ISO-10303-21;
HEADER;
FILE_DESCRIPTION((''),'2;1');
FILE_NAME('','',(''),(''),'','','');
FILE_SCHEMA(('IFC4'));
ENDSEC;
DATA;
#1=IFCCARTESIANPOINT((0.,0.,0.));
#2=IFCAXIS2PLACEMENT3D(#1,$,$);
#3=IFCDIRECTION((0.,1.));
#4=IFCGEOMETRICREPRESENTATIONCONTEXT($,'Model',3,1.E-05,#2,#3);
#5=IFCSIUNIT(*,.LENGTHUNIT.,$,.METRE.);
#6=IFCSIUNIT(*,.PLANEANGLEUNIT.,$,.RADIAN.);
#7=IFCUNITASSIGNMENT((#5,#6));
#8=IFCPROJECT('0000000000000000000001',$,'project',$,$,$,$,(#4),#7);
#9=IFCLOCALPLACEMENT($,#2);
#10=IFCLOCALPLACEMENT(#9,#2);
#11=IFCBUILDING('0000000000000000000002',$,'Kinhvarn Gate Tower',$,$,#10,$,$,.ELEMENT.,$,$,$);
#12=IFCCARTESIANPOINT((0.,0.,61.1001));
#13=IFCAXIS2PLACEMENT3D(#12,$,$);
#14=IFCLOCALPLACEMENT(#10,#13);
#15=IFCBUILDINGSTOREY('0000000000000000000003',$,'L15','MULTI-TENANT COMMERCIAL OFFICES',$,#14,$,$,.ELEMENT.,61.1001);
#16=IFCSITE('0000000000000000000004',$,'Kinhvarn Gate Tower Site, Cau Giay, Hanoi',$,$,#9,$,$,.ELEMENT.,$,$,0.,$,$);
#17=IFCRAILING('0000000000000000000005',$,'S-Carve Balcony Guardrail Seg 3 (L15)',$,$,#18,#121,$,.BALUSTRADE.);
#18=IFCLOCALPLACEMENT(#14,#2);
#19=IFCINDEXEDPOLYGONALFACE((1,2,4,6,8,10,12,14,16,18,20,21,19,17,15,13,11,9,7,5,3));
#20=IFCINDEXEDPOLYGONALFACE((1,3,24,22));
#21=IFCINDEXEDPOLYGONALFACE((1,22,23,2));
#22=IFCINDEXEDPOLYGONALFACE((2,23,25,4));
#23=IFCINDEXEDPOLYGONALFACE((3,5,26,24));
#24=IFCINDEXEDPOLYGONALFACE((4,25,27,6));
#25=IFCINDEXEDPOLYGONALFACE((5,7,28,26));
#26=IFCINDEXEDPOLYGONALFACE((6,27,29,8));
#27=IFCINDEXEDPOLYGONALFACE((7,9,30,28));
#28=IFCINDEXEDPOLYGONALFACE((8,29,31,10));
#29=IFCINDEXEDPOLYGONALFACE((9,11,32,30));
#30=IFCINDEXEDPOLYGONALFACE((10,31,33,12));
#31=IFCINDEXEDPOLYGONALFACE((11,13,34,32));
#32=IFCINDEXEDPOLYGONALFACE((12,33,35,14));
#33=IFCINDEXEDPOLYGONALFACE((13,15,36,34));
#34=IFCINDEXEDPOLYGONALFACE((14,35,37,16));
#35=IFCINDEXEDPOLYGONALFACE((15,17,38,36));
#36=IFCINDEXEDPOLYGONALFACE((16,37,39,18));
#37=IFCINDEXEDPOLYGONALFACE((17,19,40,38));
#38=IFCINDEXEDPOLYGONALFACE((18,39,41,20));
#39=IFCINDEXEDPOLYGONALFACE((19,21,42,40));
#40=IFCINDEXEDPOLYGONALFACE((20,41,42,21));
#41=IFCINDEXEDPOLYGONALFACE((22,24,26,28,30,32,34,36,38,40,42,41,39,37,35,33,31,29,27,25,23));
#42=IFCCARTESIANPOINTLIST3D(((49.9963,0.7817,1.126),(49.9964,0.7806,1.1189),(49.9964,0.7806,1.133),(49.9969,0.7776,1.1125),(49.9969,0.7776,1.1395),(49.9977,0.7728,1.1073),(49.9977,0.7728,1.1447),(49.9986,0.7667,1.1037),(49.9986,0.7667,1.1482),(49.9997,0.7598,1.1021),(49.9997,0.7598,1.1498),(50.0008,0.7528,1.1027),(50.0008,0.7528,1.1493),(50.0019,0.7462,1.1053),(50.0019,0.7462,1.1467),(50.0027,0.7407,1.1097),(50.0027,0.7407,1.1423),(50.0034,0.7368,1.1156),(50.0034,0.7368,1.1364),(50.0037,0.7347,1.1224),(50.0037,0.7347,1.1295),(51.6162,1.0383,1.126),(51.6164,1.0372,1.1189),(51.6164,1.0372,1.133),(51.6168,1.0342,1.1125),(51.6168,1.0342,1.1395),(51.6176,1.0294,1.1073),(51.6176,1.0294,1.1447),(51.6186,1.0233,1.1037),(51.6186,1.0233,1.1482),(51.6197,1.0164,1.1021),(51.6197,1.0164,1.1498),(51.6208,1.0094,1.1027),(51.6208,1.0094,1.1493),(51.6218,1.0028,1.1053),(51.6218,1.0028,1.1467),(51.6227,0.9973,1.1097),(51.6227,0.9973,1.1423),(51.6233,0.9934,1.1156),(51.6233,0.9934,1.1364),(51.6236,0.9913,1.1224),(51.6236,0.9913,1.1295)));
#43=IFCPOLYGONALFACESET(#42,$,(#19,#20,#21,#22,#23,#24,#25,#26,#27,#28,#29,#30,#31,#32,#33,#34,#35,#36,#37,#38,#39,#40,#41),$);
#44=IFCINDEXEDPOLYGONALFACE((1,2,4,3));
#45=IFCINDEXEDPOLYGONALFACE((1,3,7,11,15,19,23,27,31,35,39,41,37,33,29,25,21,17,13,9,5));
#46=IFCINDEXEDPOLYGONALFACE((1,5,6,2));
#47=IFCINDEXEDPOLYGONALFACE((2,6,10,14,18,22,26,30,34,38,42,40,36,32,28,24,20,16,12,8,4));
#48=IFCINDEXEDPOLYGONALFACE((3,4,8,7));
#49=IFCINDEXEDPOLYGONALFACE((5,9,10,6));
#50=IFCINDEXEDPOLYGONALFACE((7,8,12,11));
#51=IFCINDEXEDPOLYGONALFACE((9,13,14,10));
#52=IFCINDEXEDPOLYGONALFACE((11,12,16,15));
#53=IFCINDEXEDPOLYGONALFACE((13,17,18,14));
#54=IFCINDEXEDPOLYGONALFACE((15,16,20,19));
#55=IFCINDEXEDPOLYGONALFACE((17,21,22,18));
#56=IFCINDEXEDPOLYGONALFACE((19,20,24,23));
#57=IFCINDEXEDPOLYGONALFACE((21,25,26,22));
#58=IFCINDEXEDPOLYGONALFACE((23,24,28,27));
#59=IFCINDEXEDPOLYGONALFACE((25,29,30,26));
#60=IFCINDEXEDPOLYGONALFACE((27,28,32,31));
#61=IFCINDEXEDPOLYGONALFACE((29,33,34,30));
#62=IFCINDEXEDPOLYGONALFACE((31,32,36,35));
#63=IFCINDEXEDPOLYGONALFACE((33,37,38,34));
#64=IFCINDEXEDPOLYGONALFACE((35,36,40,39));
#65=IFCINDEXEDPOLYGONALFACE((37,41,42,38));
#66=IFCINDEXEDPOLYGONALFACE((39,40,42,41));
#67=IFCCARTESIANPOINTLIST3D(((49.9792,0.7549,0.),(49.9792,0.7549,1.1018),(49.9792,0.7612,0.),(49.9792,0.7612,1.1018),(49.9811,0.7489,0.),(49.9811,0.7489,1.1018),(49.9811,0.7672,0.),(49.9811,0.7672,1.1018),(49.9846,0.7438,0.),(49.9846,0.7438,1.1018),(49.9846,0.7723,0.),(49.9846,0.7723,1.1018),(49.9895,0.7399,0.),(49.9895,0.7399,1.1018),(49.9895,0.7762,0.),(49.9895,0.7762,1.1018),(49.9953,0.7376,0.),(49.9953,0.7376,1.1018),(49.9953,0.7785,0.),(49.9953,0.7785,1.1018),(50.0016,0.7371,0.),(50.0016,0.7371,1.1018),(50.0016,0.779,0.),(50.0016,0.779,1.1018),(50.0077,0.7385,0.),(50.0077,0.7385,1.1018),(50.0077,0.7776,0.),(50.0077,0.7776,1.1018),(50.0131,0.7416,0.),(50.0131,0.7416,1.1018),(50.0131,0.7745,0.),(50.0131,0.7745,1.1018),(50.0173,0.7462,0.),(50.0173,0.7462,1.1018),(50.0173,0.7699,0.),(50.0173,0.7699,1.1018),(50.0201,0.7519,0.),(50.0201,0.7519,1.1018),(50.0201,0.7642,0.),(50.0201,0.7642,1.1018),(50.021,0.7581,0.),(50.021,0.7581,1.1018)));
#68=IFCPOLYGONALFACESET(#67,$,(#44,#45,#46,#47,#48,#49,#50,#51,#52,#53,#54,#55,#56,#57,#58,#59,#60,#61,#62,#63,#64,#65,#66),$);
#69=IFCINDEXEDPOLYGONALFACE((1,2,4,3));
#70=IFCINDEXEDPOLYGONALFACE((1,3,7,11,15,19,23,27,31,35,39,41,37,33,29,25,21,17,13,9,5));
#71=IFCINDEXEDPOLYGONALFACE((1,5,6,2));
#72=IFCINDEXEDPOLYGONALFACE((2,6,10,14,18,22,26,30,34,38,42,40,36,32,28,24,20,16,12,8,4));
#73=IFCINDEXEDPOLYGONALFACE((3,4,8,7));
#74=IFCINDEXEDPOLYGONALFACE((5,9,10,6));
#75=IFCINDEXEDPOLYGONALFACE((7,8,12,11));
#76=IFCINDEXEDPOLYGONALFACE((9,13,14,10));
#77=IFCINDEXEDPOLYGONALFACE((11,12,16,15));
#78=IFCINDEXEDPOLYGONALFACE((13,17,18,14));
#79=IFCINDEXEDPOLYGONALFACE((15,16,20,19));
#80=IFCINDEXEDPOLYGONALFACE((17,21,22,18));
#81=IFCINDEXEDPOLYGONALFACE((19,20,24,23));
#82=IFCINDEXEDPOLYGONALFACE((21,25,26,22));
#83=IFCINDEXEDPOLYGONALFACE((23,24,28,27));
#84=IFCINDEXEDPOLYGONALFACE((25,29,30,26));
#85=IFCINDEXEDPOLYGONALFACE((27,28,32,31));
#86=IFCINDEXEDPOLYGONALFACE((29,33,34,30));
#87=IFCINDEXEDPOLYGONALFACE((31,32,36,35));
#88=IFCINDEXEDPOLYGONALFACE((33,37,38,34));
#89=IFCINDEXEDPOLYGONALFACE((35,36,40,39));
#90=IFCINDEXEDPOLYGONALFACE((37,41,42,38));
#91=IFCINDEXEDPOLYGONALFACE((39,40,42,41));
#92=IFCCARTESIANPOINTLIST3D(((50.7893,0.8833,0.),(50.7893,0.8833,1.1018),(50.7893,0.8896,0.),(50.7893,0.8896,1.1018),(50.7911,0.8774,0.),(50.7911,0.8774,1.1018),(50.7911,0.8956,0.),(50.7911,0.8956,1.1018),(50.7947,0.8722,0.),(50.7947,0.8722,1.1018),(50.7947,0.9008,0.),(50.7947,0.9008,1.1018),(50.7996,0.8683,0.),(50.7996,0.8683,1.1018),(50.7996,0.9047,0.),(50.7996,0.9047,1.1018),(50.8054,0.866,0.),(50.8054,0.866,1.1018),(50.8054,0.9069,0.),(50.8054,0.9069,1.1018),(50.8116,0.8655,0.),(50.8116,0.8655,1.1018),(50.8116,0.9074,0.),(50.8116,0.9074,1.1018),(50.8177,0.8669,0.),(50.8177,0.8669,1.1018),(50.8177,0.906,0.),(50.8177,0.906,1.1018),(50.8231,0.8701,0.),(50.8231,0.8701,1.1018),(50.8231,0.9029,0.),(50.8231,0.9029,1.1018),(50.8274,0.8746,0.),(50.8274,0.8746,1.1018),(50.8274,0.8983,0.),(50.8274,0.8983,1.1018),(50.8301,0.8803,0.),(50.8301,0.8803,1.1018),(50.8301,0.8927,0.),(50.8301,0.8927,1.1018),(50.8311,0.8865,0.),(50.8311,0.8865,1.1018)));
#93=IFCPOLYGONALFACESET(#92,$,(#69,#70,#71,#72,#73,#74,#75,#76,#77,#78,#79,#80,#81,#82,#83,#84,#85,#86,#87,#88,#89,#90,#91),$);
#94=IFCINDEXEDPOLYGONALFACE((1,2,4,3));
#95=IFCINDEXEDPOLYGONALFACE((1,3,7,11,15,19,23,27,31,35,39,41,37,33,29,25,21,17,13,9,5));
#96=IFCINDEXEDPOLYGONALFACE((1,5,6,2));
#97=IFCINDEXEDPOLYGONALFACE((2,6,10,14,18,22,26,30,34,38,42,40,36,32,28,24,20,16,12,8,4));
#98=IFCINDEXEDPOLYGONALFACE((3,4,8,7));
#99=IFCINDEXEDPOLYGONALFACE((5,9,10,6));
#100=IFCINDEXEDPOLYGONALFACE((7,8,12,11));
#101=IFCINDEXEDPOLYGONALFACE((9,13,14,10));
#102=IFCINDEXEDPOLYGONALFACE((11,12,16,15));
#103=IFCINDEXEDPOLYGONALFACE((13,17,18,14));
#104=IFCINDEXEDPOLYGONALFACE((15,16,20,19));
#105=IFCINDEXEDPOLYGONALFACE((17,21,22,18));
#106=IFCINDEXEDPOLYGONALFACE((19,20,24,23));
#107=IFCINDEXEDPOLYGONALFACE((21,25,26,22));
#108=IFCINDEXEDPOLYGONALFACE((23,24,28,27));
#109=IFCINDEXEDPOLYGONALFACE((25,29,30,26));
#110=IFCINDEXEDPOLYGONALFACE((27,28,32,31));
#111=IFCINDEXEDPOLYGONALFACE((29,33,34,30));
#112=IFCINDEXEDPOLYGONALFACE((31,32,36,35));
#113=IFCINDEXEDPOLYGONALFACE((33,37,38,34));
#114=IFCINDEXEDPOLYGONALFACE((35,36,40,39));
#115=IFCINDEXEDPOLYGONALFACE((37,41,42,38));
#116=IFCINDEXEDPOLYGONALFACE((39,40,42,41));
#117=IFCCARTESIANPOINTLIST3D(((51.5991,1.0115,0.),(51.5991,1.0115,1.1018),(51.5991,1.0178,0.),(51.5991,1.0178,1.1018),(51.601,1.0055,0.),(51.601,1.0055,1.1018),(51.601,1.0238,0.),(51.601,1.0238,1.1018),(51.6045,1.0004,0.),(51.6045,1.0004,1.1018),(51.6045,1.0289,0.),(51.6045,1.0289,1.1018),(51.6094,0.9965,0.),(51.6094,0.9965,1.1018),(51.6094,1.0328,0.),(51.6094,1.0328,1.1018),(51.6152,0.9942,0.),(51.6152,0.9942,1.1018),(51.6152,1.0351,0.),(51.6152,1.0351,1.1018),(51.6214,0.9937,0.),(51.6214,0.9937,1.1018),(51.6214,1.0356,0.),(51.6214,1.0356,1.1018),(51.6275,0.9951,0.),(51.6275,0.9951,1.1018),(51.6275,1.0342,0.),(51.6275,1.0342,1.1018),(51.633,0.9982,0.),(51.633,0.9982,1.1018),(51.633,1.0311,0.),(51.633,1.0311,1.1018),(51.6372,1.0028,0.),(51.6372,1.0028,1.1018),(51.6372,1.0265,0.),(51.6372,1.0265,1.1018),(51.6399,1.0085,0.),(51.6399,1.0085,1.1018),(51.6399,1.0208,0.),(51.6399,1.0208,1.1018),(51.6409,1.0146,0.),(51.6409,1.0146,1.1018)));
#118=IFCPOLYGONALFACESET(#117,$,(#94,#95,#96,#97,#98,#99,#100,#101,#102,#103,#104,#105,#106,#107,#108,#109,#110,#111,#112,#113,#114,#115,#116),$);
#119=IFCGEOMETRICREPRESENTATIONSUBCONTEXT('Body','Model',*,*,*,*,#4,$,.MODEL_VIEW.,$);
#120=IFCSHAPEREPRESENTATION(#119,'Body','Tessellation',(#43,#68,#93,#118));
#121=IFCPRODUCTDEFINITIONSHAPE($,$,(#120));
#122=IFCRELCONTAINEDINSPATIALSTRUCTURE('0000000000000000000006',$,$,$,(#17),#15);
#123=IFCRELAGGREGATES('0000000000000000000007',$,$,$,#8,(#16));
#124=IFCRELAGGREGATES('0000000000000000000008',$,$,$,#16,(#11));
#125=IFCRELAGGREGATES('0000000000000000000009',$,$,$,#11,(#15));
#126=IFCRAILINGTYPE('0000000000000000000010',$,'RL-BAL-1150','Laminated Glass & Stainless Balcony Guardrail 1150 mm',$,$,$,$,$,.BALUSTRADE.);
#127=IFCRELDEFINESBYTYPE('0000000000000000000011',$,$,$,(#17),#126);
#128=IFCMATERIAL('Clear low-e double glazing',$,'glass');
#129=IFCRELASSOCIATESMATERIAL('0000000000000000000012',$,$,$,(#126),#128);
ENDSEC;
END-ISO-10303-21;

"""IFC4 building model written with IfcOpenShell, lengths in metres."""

from ifc_helpers import new_model, si_unit, direction, frame, origin, origin_2d, place, context, subcontext, project, spatial, circle, extrude, material, type_object, element, save


model = new_model("IFC4")

# Units and contexts
model_context = context("Model", 3, precision=1e-05, world=origin(), true_north=direction((0.0, 1.0)))
body_context = subcontext(model_context, "Body", "Model", "MODEL_VIEW")
ifc_project = project(units=[si_unit("LENGTHUNIT", "METRE"), si_unit("PLANEANGLEUNIT", "RADIAN")], contexts=[model_context])

# Site, building, storey
site_placement = place(None, origin())
site = spatial("IfcSite", under=ifc_project, at=site_placement, Name="Kinhvarn Gate Tower Site, Cau Giay, Hanoi", CompositionType="ELEMENT", RefElevation=0.0)
building_placement = place(site_placement, origin())
building = spatial("IfcBuilding", under=site, at=building_placement, Name="Kinhvarn Gate Tower", CompositionType="ELEMENT")
storey_placement = place(building_placement, frame((0.0, 0.0, 61.1001)))
storey = spatial("IfcBuildingStorey", under=building, at=storey_placement, Name="L15", Description="MULTI-TENANT COMMERCIAL OFFICES", CompositionType="ELEMENT", Elevation=61.1001)

# Shared definitions
ifc_material_1 = material(Name="Clear low-e double glazing", Category="glass")

# Railing
railing_type = type_object("IfcRailingType", Name="RL-BAL-1150", Description="Laminated Glass & Stainless Balcony Guardrail 1150 mm", PredefinedType="BALUSTRADE", material=ifc_material_1)
railing_1_placement = place(storey_placement, frame((50.0, 0.7581, 0.0)))
element("IfcRailing", 1, at=railing_1_placement, inside=storey, type_object=railing_type, Name="S-Carve Balcony Guardrail Seg 3 (L15)", PredefinedType="BALUSTRADE", context=body_context, shape_type="SweptSolid", body=[
    extrude(circle(Radius=0.0239, at=origin_2d()), frame((0.0, 0.0, 1.126), z_axis=(0.987686, 0.156452, 0.0), x_axis=(-0.156452, 0.987686, 0.0)), (0.0, 0.0, 1.0), 1.6401),
    extrude(circle(Radius=0.021, at=origin_2d()), origin(), (0.0, 0.0, 1.0), 1.1018),
    extrude(circle(Radius=0.021, at=origin_2d()), frame((0.8101, 0.1284, 0.0)), (0.0, 0.0, 1.0), 1.1018),
    extrude(circle(Radius=0.021, at=origin_2d()), frame((1.6199, 0.2566, 0.0)), (0.0, 0.0, 1.0), 1.1018),
])

save(model, "model.ifc")
